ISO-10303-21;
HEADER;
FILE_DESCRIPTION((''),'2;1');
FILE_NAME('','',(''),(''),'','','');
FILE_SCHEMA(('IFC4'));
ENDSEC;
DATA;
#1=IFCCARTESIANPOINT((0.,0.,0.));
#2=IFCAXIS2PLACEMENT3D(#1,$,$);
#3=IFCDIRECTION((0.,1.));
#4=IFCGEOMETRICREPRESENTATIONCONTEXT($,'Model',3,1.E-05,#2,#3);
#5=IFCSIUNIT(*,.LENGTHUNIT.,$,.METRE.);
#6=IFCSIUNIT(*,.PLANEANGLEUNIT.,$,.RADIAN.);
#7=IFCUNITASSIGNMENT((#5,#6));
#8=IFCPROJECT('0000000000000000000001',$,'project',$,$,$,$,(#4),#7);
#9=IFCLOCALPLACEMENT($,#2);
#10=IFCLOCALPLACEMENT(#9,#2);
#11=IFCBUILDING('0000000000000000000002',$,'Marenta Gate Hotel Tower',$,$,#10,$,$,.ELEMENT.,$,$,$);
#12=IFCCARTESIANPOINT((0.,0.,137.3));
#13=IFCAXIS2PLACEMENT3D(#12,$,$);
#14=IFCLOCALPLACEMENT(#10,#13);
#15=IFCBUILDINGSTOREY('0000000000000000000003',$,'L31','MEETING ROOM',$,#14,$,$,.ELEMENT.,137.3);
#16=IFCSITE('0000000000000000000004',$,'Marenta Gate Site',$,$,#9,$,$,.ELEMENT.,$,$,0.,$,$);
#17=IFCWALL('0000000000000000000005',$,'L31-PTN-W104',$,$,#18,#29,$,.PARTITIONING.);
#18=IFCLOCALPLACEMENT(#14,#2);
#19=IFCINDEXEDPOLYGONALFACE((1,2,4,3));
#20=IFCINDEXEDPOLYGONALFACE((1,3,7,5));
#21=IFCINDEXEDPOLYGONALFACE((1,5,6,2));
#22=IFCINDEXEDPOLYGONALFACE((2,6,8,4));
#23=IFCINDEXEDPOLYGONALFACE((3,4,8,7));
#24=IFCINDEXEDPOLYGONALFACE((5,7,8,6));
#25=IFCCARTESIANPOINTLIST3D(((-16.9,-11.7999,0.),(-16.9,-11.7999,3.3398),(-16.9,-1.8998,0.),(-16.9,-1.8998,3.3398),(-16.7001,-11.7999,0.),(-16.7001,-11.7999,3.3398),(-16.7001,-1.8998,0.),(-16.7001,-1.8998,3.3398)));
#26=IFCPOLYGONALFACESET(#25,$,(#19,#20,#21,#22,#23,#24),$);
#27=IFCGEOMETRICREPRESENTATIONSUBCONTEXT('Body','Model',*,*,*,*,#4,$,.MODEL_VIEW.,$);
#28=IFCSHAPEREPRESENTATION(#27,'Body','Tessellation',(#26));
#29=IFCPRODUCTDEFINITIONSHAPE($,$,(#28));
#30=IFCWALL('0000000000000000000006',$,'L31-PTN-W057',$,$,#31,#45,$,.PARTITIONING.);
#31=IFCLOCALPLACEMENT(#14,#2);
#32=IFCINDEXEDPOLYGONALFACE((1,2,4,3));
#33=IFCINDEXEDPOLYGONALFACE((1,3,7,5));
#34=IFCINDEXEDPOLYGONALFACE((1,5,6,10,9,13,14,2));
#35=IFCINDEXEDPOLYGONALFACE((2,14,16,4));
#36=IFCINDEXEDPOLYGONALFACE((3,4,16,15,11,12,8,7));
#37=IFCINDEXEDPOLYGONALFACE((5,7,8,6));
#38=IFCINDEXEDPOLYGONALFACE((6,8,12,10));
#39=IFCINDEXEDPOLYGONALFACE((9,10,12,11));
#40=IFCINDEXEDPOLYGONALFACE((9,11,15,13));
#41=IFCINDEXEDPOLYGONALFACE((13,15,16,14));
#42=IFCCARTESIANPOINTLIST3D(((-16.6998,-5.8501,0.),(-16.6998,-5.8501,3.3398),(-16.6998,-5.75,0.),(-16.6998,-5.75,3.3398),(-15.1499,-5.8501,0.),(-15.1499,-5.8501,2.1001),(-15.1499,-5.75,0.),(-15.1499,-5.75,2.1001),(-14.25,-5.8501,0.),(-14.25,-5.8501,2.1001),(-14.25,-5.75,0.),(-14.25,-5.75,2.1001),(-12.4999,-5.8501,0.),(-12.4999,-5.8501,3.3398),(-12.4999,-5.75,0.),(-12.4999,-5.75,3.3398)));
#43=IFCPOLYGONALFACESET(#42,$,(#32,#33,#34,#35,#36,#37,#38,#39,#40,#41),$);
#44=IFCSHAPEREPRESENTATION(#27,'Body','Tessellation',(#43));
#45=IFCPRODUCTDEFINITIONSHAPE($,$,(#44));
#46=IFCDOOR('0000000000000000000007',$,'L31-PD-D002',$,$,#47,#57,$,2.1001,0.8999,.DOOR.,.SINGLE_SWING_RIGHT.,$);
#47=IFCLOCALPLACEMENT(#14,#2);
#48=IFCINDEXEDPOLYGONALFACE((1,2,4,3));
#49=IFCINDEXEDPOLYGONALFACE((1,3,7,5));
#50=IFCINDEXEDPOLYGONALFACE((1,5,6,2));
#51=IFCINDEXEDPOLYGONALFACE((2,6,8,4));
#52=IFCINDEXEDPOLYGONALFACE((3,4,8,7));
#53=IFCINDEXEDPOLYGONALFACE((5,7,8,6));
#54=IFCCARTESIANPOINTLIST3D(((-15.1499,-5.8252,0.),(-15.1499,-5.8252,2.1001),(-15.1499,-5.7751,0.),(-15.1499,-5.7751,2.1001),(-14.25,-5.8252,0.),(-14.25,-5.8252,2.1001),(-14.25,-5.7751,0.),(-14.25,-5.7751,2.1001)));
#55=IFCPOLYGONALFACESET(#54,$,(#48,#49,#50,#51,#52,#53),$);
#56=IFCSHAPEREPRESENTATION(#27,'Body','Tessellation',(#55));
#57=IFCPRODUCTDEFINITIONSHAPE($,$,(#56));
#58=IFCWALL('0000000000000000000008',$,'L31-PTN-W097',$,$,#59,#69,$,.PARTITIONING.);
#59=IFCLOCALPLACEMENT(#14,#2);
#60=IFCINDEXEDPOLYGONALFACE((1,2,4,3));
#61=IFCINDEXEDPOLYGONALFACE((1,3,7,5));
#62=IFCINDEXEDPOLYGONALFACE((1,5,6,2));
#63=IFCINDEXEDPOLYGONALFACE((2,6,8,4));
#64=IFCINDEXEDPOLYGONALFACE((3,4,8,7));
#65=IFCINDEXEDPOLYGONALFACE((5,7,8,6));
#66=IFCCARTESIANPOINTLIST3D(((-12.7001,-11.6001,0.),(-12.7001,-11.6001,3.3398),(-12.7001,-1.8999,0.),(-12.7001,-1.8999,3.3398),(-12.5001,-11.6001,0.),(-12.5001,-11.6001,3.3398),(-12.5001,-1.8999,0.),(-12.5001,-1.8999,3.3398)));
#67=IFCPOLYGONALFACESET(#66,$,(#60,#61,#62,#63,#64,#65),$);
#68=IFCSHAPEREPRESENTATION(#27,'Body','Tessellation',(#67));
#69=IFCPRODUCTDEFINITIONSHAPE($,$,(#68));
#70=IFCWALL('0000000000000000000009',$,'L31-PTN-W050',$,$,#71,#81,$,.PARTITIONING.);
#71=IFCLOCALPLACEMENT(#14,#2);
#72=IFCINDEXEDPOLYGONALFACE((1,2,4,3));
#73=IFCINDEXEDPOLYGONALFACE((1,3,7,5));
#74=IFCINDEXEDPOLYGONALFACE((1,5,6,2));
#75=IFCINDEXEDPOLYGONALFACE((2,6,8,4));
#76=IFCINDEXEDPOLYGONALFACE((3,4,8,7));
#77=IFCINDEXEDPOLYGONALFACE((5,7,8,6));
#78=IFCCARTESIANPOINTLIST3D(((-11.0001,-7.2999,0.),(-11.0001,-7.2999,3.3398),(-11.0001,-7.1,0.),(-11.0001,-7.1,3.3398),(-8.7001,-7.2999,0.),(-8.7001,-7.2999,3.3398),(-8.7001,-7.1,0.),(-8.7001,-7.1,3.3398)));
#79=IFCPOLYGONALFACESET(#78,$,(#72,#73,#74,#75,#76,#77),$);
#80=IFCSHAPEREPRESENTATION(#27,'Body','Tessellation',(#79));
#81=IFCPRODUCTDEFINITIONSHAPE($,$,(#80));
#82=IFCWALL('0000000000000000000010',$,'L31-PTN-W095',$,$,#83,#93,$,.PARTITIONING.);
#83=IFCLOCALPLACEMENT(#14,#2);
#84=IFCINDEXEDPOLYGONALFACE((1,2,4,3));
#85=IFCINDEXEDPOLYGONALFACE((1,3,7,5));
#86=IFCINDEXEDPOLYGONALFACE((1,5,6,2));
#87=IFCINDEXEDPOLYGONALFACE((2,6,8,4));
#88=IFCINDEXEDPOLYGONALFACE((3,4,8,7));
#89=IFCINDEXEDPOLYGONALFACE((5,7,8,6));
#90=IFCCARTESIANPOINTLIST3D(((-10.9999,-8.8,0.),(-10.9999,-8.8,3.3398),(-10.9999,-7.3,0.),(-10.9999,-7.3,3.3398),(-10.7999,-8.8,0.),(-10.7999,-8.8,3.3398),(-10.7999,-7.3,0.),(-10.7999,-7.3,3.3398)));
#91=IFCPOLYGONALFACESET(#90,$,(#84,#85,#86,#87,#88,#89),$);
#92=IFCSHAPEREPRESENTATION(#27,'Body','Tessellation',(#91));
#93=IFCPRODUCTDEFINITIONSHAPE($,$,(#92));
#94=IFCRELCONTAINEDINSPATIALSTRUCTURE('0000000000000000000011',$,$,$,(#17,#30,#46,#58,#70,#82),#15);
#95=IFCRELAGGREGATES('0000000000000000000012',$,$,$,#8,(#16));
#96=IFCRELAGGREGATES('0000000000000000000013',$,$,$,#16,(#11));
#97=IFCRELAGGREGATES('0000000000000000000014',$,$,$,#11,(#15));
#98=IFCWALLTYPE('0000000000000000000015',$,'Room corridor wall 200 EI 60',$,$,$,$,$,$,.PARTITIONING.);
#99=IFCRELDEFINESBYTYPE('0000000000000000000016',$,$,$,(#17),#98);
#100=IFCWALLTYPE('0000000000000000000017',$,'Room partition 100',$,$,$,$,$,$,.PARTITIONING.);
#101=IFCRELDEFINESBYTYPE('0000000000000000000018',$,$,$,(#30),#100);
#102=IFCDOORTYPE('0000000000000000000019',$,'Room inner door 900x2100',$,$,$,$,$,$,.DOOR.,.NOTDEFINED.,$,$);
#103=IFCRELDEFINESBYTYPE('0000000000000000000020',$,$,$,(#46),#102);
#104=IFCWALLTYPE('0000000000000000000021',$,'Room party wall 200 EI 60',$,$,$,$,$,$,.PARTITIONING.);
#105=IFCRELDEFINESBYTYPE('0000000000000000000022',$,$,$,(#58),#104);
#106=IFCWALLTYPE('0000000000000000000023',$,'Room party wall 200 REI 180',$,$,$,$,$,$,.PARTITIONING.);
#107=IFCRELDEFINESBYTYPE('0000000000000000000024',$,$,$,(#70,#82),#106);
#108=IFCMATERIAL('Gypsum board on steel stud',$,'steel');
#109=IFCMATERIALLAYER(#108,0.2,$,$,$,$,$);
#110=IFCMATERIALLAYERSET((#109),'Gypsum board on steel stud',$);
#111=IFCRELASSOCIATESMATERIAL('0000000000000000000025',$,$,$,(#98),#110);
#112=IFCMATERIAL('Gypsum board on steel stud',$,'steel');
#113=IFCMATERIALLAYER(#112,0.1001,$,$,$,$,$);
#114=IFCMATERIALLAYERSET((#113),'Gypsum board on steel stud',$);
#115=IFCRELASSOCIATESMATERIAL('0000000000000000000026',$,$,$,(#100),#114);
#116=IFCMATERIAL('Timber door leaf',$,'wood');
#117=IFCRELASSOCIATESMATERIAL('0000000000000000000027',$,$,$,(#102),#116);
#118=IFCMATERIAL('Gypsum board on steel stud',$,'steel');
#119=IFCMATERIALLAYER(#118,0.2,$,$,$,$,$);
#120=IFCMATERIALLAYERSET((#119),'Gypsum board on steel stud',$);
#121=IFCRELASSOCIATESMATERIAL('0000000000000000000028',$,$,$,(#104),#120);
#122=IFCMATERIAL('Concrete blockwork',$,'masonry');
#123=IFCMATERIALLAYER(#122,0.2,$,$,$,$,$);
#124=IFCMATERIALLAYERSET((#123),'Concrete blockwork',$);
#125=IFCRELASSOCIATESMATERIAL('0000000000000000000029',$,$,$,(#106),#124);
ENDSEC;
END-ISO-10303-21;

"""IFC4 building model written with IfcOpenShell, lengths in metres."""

from ifc_helpers import new_model, si_unit, direction, frame, frame_2d, origin, place, context, subcontext, project, spatial, rectangle, extrude, material, layer, layer_set, type_object, element, fill, save


model = new_model("IFC4")

# Units and contexts
model_context = context("Model", 3, precision=1e-05, world=origin(), true_north=direction((0.0, 1.0)))
body_context = subcontext(model_context, "Body", "Model", "MODEL_VIEW")
ifc_project = project(units=[si_unit("LENGTHUNIT", "METRE"), si_unit("PLANEANGLEUNIT", "RADIAN")], contexts=[model_context])

# Site, building, storey
site_placement = place(None, origin())
site = spatial("IfcSite", under=ifc_project, at=site_placement, Name="Marenta Gate Site", CompositionType="ELEMENT", RefElevation=0.0)
building_placement = place(site_placement, origin())
building = spatial("IfcBuilding", under=site, at=building_placement, Name="Marenta Gate Hotel Tower", CompositionType="ELEMENT")
storey_placement = place(building_placement, frame((0.0, 0.0, 137.3)))
storey = spatial("IfcBuildingStorey", under=building, at=storey_placement, Name="L31", Description="MEETING ROOM", CompositionType="ELEMENT", Elevation=137.3)

# Shared definitions
ifc_material_1 = material(Name="Gypsum board on steel stud", Category="steel")
ifc_layer_1 = layer(ifc_material_1, 0.2)
ifc_layer_set_1 = layer_set([ifc_layer_1], Name="Gypsum board on steel stud")
wall_type_1 = type_object("IfcWallType", Name="Room corridor wall 200 EI 60", PredefinedType="PARTITIONING", material=ifc_layer_set_1)

# Wall
wall_1_placement = place(storey_placement, frame((-16.8, -11.8, 0.0), z_axis=(0.0, 0.0, 1.0), x_axis=(0.0, 1.0, 0.0)))
element("IfcWall", 1, at=wall_1_placement, inside=storey, type_object=wall_type_1, Name="L31-PTN-W104", PredefinedType="PARTITIONING", context=body_context, shape_type="SweptSolid", body=[
    extrude(rectangle(XDim=9.9001, YDim=0.2, at=frame_2d((4.9502, 0.0))), origin(), (0.0, 0.0, 1.0), 3.3398),
])

# Wall, opening, door
ifc_material_2 = material(Name="Gypsum board on steel stud", Category="steel")
ifc_layer_2 = layer(ifc_material_2, 0.1001)
ifc_layer_set_2 = layer_set([ifc_layer_2], Name="Gypsum board on steel stud")
wall_type_2 = type_object("IfcWallType", Name="Room partition 100", PredefinedType="PARTITIONING", material=ifc_layer_set_2)
wall_2_placement = place(storey_placement, frame((-16.7, -5.8, 0.0), z_axis=(0.0, 0.0, 1.0), x_axis=(1.0, 0.0, 0.0)))
wall_2 = element("IfcWall", 2, at=wall_2_placement, inside=storey, type_object=wall_type_2, Name="L31-PTN-W057", PredefinedType="PARTITIONING", context=body_context, shape_type="SweptSolid", body=[
    extrude(rectangle(XDim=4.2, YDim=0.1001, at=frame_2d((2.1001, 0.0))), origin(), (0.0, 0.0, 1.0), 3.3398),
])
opening_1_placement = place(wall_2_placement, frame((1.55, 0.0, 0.0)))
opening_1 = element("IfcOpeningElement", 3, at=opening_1_placement, cuts=wall_2, PredefinedType="OPENING", context=body_context, shape_type="SweptSolid", body=[
    extrude(rectangle(XDim=0.8999, YDim=2.1001, at=frame_2d((0.45, 1.05))), frame((0.0, 0.05, 0.0), z_axis=(0.0, -1.0, 0.0), x_axis=(1.0, 0.0, 0.0)), (0.0, 0.0, 1.0), 0.1001),
])
ifc_material_3 = material(Name="Timber door leaf", Category="wood")
door_type_1 = type_object("IfcDoorType", Name="Room inner door 900x2100", OperationType="NOTDEFINED", PredefinedType="DOOR", material=ifc_material_3)
door_1_placement = place(opening_1_placement, origin())
door_1 = element("IfcDoor", 4, at=door_1_placement, inside=storey, type_object=door_type_1, Name="L31-PD-D002", OperationType="SINGLE_SWING_RIGHT", OverallHeight=2.1001, OverallWidth=0.8999, PredefinedType="DOOR", context=body_context, shape_type="SweptSolid", body=[
    extrude(rectangle(XDim=0.8999, YDim=2.1001, at=frame_2d((0.45, 1.05))), frame((0.0, 0.0249, 0.0), z_axis=(0.0, -1.0, 0.0), x_axis=(1.0, 0.0, 0.0)), (0.0, 0.0, 1.0), 0.05),
])
fill(opening_1, door_1)

# Walls
ifc_material_4 = material(Name="Gypsum board on steel stud", Category="steel")
ifc_layer_3 = layer(ifc_material_4, 0.2)
ifc_layer_set_3 = layer_set([ifc_layer_3], Name="Gypsum board on steel stud")
wall_type_3 = type_object("IfcWallType", Name="Room party wall 200 EI 60", PredefinedType="PARTITIONING", material=ifc_layer_set_3)
wall_3_placement = place(storey_placement, frame((-12.6001, -11.6001, 0.0), z_axis=(0.0, 0.0, 1.0), x_axis=(0.0, 1.0, 0.0)))
element("IfcWall", 5, at=wall_3_placement, inside=storey, type_object=wall_type_3, Name="L31-PTN-W097", PredefinedType="PARTITIONING", context=body_context, shape_type="SweptSolid", body=[
    extrude(rectangle(XDim=9.7002, YDim=0.2, at=frame_2d((4.8501, 0.0))), origin(), (0.0, 0.0, 1.0), 3.3398),
])
ifc_material_5 = material(Name="Concrete blockwork", Category="masonry")
ifc_layer_4 = layer(ifc_material_5, 0.2)
ifc_layer_set_4 = layer_set([ifc_layer_4], Name="Concrete blockwork")
wall_type_4 = type_object("IfcWallType", Name="Room party wall 200 REI 180", PredefinedType="PARTITIONING", material=ifc_layer_set_4)
wall_4_placement = place(storey_placement, frame((-11.0, -7.2, 0.0), z_axis=(0.0, 0.0, 1.0), x_axis=(1.0, 0.0, 0.0)))
element("IfcWall", 6, at=wall_4_placement, inside=storey, type_object=wall_type_4, Name="L31-PTN-W050", PredefinedType="PARTITIONING", context=body_context, shape_type="SweptSolid", body=[
    extrude(rectangle(XDim=2.3, YDim=0.2, at=frame_2d((1.1499, 0.0))), origin(), (0.0, 0.0, 1.0), 3.3398),
])
wall_5_placement = place(storey_placement, frame((-10.8999, -8.8, 0.0), z_axis=(0.0, 0.0, 1.0), x_axis=(0.0, 1.0, 0.0)))
element("IfcWall", 7, at=wall_5_placement, inside=storey, type_object=wall_type_4, Name="L31-PTN-W095", PredefinedType="PARTITIONING", context=body_context, shape_type="SweptSolid", body=[
    extrude(rectangle(XDim=1.5, YDim=0.2, at=frame_2d((0.75, 0.0))), origin(), (0.0, 0.0, 1.0), 3.3398),
])

save(model, "model.ifc")
